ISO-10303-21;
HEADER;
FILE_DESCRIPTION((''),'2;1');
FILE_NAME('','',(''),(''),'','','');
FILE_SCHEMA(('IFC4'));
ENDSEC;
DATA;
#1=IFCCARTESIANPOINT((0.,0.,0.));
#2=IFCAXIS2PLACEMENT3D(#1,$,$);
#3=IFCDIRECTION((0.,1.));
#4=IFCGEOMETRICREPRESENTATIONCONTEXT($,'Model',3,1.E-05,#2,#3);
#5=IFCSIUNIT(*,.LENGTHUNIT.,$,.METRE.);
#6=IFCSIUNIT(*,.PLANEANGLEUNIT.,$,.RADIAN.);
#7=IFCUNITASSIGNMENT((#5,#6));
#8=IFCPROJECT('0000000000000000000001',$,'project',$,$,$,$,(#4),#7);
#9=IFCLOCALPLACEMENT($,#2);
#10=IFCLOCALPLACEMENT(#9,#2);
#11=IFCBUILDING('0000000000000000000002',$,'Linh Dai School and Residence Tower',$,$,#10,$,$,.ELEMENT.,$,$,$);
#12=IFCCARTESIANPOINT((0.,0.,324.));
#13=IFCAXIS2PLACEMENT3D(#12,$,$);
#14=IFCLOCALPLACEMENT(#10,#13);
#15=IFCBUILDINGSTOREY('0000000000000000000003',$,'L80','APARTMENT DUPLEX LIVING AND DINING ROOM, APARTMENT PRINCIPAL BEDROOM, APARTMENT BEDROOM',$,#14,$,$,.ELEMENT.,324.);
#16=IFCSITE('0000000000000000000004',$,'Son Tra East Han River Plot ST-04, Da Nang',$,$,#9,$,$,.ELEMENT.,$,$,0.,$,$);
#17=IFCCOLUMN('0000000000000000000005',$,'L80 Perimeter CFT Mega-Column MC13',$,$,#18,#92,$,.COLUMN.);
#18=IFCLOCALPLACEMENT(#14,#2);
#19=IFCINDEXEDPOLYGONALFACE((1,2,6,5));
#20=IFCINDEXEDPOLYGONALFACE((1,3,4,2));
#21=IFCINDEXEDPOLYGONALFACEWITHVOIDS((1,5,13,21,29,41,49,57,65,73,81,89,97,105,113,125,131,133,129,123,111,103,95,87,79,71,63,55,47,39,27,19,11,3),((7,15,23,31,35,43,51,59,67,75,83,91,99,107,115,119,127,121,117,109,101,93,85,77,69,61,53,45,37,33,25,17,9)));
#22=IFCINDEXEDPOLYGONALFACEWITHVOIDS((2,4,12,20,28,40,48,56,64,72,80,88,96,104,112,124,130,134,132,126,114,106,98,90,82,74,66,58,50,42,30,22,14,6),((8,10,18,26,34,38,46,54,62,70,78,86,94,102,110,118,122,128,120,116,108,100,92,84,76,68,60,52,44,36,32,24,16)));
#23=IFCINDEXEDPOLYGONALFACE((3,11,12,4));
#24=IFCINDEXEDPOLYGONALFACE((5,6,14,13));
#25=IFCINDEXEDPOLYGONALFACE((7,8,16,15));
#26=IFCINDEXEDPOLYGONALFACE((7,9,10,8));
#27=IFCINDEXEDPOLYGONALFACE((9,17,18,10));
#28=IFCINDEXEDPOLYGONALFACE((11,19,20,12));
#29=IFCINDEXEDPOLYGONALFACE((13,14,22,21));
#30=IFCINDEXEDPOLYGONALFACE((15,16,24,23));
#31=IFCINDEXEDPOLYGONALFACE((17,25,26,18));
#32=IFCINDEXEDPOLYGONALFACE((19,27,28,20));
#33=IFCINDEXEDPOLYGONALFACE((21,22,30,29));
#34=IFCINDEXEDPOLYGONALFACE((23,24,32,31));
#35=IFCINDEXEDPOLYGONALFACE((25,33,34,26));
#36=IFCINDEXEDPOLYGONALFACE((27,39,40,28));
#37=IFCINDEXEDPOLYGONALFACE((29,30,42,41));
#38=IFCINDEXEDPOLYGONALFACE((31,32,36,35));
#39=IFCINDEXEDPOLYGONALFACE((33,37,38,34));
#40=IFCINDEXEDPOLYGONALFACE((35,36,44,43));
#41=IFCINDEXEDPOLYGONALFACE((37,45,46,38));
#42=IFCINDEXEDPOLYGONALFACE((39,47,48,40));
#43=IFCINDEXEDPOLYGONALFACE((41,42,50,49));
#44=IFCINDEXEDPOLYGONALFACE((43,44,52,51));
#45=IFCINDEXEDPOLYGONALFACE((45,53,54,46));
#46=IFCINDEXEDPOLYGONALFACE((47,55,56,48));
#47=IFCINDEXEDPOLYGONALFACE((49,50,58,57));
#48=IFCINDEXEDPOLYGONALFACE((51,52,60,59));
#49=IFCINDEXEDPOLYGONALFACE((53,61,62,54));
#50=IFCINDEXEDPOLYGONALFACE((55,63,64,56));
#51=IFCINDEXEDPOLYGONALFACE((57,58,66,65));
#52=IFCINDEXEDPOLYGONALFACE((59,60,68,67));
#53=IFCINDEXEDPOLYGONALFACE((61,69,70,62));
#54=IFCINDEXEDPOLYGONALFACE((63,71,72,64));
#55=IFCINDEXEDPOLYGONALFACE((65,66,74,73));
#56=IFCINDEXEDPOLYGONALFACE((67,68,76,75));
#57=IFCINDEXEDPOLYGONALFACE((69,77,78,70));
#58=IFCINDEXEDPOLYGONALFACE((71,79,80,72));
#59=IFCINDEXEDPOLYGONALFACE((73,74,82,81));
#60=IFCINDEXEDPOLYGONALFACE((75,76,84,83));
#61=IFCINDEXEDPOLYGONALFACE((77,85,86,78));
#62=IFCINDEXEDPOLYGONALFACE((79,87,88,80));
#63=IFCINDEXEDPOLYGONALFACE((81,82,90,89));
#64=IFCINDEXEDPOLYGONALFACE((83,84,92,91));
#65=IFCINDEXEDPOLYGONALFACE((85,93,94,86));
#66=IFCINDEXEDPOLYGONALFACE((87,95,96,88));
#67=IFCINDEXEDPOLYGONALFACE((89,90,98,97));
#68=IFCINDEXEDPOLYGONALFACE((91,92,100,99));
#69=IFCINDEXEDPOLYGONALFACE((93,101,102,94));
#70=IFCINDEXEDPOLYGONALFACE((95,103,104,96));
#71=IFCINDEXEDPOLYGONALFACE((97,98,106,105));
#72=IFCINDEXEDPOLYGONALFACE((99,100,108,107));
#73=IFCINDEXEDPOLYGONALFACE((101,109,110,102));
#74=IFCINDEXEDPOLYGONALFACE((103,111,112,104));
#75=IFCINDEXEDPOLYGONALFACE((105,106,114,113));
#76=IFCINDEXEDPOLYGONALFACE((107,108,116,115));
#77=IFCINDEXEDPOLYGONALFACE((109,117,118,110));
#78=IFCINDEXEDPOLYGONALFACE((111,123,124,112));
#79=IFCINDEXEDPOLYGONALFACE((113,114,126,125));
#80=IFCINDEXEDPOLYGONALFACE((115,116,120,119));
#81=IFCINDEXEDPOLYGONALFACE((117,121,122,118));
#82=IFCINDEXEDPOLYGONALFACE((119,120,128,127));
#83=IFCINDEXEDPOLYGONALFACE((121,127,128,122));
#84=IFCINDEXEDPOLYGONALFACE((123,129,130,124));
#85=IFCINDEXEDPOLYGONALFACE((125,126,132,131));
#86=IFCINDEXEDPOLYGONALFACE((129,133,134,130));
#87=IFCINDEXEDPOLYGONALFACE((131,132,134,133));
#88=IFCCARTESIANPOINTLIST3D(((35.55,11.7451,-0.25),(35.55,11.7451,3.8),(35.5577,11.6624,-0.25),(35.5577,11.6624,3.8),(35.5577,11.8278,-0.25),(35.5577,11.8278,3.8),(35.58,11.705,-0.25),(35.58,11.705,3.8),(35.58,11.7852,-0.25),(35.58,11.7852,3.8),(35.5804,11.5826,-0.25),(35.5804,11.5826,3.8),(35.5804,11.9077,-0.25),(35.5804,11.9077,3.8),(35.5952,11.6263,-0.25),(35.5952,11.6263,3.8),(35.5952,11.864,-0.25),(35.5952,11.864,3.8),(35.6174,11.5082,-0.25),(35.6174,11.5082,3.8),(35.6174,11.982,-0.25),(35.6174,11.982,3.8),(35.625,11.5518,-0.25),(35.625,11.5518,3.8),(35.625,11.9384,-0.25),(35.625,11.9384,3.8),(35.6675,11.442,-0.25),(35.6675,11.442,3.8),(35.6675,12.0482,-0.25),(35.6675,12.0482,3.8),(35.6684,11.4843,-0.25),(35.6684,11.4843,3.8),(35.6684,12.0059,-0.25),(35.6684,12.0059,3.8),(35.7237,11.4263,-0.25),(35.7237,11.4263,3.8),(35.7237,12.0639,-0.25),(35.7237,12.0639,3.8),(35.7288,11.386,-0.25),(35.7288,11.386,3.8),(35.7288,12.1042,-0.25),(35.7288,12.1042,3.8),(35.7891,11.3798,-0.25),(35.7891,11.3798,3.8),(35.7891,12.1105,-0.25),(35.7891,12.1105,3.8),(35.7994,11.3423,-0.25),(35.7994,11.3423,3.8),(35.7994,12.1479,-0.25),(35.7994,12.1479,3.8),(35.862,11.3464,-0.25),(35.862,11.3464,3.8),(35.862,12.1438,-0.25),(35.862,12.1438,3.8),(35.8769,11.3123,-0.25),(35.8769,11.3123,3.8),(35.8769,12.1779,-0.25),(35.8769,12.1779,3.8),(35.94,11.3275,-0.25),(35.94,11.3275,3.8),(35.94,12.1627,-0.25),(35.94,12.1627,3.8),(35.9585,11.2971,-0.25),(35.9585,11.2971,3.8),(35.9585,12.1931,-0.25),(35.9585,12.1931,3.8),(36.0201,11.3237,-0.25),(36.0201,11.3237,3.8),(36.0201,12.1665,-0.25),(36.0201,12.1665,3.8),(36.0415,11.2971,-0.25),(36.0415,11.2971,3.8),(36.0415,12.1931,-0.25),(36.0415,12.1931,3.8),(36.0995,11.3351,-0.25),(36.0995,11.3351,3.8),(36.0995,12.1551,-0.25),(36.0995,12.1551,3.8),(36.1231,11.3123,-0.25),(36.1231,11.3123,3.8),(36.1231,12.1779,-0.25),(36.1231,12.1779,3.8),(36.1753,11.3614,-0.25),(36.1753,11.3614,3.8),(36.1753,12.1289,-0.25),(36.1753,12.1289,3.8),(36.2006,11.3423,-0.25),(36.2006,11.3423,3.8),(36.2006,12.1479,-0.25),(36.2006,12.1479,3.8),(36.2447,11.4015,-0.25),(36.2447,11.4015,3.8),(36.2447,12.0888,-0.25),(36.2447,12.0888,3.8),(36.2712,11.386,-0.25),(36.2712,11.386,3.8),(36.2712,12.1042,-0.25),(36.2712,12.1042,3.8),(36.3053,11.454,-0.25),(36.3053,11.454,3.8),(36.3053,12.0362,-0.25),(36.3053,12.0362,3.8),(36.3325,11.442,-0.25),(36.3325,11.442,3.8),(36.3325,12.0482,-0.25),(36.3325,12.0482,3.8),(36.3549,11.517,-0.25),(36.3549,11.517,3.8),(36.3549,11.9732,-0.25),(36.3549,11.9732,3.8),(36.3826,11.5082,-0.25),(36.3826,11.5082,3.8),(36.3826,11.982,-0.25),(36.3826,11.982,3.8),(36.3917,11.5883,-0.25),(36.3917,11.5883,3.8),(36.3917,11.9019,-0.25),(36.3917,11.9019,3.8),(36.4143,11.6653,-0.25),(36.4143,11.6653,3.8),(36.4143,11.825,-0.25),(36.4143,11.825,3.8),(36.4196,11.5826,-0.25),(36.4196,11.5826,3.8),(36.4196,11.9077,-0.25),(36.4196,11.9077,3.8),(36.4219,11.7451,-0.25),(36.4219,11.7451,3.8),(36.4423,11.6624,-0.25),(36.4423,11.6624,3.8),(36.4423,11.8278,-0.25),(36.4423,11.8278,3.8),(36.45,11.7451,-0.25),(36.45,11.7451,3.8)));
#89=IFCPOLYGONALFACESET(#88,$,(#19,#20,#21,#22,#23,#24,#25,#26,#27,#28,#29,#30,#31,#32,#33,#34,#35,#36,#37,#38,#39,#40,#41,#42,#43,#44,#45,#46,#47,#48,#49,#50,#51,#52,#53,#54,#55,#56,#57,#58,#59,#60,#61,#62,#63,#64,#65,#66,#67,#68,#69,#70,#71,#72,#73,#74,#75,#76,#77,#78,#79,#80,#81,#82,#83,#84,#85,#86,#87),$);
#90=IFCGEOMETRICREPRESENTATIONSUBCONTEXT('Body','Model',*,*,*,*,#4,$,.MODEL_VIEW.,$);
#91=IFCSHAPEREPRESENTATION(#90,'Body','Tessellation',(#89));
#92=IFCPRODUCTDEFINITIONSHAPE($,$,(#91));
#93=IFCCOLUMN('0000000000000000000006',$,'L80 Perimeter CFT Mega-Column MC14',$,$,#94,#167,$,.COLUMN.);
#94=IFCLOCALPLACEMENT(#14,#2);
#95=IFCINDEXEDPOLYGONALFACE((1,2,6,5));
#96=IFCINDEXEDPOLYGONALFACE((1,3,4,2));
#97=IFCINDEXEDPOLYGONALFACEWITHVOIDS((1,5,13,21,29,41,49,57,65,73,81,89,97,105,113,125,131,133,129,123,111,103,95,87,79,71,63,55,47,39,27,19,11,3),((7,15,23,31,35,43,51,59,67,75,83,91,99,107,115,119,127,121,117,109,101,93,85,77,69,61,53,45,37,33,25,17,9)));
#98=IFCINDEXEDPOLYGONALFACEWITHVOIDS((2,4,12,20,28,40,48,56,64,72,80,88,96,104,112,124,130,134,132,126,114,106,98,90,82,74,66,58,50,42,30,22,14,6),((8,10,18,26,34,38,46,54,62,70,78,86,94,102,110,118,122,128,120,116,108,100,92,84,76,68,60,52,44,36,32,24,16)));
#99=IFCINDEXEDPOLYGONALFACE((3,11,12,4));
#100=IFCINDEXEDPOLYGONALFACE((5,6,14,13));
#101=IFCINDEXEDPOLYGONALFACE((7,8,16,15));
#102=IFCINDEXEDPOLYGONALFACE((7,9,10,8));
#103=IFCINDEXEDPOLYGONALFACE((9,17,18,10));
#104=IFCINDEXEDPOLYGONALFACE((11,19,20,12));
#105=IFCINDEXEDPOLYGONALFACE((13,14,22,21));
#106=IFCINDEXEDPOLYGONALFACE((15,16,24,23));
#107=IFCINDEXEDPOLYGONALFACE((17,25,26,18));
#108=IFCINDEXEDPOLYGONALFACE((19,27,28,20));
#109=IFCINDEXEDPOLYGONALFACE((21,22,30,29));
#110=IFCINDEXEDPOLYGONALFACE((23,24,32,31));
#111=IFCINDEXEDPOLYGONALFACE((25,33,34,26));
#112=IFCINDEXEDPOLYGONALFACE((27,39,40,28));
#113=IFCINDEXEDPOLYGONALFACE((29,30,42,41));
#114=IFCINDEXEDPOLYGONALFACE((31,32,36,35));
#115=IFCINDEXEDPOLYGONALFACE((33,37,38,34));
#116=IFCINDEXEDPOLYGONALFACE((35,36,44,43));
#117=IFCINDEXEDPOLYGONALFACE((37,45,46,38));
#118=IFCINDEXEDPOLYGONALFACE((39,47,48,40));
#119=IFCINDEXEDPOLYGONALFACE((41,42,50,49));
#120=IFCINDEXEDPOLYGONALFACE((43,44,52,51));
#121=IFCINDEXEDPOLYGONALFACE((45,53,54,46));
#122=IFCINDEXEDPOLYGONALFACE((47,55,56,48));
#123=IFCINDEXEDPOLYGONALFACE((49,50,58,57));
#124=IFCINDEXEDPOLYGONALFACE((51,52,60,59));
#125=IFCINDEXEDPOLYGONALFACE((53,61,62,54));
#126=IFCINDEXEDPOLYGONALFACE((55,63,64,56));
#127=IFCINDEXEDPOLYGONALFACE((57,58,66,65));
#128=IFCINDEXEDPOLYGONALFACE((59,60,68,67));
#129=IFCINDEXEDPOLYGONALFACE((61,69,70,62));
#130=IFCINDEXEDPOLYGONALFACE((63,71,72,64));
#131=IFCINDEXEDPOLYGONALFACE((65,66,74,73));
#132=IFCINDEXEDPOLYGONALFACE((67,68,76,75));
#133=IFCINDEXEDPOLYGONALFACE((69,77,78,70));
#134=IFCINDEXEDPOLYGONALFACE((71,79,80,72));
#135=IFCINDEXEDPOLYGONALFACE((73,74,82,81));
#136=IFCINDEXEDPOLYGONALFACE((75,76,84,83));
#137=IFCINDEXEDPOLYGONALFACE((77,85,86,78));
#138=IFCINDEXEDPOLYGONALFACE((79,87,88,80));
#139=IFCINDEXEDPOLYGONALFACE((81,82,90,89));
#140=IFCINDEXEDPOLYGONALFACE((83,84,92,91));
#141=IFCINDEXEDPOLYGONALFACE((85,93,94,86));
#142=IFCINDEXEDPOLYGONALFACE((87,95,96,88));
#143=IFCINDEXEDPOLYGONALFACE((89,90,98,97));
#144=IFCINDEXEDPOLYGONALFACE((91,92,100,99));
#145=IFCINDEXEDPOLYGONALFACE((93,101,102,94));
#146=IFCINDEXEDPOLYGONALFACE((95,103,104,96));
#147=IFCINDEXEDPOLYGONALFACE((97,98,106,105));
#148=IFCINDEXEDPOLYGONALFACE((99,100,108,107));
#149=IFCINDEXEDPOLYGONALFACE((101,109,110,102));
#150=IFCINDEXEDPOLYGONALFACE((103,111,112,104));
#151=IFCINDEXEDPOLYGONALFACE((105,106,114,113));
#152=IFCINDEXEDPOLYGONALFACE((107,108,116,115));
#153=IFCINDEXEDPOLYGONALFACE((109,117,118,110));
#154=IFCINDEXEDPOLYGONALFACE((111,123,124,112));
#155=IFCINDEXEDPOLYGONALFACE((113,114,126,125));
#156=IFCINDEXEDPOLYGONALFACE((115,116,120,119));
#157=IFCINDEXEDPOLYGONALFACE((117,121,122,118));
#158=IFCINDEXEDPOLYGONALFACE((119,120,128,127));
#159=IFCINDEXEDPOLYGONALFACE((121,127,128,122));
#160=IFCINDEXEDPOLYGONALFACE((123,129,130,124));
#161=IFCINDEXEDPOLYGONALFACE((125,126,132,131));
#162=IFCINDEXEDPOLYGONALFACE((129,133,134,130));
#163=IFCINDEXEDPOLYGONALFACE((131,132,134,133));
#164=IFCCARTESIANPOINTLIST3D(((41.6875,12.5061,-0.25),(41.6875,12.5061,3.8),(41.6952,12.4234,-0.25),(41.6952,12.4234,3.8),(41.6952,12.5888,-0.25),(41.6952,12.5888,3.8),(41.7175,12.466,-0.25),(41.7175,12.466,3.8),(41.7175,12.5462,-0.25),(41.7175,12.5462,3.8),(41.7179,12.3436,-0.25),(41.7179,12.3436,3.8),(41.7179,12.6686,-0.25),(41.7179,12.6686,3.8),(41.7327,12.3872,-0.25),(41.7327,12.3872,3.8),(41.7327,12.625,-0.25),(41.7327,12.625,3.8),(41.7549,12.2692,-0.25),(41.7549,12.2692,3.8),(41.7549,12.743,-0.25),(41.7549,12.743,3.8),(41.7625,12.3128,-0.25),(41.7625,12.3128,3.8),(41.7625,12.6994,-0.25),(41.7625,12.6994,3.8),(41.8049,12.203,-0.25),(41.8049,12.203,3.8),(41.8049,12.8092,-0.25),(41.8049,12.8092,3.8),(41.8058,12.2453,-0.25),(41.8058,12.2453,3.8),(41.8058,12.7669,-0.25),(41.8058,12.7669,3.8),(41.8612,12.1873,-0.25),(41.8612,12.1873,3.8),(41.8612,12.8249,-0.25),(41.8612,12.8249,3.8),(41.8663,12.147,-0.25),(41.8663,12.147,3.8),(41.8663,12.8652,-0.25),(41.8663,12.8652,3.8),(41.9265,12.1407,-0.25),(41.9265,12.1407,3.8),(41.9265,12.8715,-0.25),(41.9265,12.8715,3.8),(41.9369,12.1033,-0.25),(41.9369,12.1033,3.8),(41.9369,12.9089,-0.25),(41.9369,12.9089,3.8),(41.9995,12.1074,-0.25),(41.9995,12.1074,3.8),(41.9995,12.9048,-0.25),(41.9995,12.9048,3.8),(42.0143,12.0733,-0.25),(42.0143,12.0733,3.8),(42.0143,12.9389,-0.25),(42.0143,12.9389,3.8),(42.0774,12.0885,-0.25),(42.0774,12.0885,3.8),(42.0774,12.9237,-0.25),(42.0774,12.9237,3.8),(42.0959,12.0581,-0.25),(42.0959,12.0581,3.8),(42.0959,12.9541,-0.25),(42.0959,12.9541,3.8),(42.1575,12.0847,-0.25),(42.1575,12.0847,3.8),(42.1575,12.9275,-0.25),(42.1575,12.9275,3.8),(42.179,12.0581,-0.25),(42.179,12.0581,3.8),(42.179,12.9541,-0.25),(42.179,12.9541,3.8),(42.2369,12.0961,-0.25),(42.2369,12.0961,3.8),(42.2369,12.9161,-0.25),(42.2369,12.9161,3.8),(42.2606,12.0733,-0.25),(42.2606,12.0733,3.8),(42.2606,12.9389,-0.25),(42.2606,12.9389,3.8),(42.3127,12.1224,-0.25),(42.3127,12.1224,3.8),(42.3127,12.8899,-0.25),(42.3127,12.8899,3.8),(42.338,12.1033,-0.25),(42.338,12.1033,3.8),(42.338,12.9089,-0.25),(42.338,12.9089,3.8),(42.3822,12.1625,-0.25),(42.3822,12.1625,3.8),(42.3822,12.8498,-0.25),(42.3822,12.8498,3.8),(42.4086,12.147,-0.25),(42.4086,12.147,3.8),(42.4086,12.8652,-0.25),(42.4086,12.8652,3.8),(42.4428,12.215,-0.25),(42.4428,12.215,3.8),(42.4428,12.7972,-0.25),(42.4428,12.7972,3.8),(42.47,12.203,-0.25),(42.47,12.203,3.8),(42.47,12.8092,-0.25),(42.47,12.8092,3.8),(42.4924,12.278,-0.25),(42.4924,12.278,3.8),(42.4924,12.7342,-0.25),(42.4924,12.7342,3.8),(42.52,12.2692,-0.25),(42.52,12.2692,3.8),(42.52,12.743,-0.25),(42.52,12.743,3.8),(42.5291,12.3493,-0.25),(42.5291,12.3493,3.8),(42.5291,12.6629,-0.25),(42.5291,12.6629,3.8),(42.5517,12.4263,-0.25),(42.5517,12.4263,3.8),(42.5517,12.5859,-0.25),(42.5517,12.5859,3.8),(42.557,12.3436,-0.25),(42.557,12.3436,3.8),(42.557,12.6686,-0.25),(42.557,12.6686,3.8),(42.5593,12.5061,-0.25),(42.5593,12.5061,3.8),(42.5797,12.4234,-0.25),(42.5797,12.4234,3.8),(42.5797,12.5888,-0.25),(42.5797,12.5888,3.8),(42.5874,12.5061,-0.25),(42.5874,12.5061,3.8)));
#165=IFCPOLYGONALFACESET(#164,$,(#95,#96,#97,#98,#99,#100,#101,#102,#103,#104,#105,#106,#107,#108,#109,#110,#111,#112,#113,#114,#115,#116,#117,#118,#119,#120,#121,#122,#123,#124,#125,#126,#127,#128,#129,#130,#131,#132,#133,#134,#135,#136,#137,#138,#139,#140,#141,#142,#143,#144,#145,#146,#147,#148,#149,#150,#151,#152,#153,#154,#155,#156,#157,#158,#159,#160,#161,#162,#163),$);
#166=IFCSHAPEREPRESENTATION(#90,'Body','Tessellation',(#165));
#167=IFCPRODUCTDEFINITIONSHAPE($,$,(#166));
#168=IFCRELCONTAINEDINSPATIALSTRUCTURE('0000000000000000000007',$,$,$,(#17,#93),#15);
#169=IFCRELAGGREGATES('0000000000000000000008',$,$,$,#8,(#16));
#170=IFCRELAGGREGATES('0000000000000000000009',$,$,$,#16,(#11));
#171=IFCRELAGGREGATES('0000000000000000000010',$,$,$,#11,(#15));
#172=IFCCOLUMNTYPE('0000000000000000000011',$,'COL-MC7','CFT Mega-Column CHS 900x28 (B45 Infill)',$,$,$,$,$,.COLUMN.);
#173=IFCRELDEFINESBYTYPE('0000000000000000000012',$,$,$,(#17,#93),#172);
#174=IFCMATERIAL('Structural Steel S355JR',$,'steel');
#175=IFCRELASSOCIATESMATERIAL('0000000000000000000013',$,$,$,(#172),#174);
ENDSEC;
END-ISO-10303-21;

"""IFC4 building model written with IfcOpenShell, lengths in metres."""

from ifc_helpers import new_model, si_unit, direction, frame, origin, origin_2d, place, context, subcontext, project, spatial, hollow_circle, extrude, material, material_profile, profile_set, type_object, element, save


model = new_model("IFC4")

# Units and contexts
model_context = context("Model", 3, precision=1e-05, world=origin(), true_north=direction((0.0, 1.0)))
body_context = subcontext(model_context, "Body", "Model", "MODEL_VIEW")
ifc_project = project(units=[si_unit("LENGTHUNIT", "METRE"), si_unit("PLANEANGLEUNIT", "RADIAN")], contexts=[model_context])

# Site, building, storey
site_placement = place(None, origin())
site = spatial("IfcSite", under=ifc_project, at=site_placement, Name="Son Tra East Han River Plot ST-04, Da Nang", CompositionType="ELEMENT", RefElevation=0.0)
building_placement = place(site_placement, origin())
building = spatial("IfcBuilding", under=site, at=building_placement, Name="Linh Dai School and Residence Tower", CompositionType="ELEMENT")
storey_placement = place(building_placement, frame((0.0, 0.0, 324.0)))
storey = spatial("IfcBuildingStorey", under=building, at=storey_placement, Name="L80", Description="APARTMENT DUPLEX LIVING AND DINING ROOM, APARTMENT PRINCIPAL BEDROOM, APARTMENT BEDROOM", CompositionType="ELEMENT", Elevation=324.0)

# Columns
ifc_material_1 = material(Name="Structural Steel S355JR", Category="steel")
ifc_material_profile_1 = material_profile(ifc_material_1, hollow_circle(Radius=0.45, WallThickness=0.0281, at=origin_2d()), Name="CHS 900x28")
ifc_profile_set_1 = profile_set([ifc_material_profile_1], Name="Structural Steel S355JR")
column_type = type_object("IfcColumnType", Name="COL-MC7", Description="CFT Mega-Column CHS 900x28 (B45 Infill)", PredefinedType="COLUMN", material=ifc_profile_set_1)
for number, where, z_axis, x_axis, name in (
    (1, (36.0, 11.7451, -0.25), (0.0, 0.0, 1.0), (1.0, 0.0, 0.0), "L80 Perimeter CFT Mega-Column MC13"),
    (2, (42.1375, 12.5061, -0.25), (0.0, 0.0, 1.0), (1.0, 0.0, 0.0), "L80 Perimeter CFT Mega-Column MC14"),
):
    element("IfcColumn", number, at=place(storey_placement, frame(where, z_axis=z_axis, x_axis=x_axis)), inside=storey, type_object=column_type, Name=name, PredefinedType="COLUMN", context=body_context, shape_type="SweptSolid", body=[
        extrude(hollow_circle(Radius=0.45, WallThickness=0.0281, at=origin_2d()), origin(), (0.0, 0.0, 1.0), 4.05),
    ])

save(model, "model.ifc")
